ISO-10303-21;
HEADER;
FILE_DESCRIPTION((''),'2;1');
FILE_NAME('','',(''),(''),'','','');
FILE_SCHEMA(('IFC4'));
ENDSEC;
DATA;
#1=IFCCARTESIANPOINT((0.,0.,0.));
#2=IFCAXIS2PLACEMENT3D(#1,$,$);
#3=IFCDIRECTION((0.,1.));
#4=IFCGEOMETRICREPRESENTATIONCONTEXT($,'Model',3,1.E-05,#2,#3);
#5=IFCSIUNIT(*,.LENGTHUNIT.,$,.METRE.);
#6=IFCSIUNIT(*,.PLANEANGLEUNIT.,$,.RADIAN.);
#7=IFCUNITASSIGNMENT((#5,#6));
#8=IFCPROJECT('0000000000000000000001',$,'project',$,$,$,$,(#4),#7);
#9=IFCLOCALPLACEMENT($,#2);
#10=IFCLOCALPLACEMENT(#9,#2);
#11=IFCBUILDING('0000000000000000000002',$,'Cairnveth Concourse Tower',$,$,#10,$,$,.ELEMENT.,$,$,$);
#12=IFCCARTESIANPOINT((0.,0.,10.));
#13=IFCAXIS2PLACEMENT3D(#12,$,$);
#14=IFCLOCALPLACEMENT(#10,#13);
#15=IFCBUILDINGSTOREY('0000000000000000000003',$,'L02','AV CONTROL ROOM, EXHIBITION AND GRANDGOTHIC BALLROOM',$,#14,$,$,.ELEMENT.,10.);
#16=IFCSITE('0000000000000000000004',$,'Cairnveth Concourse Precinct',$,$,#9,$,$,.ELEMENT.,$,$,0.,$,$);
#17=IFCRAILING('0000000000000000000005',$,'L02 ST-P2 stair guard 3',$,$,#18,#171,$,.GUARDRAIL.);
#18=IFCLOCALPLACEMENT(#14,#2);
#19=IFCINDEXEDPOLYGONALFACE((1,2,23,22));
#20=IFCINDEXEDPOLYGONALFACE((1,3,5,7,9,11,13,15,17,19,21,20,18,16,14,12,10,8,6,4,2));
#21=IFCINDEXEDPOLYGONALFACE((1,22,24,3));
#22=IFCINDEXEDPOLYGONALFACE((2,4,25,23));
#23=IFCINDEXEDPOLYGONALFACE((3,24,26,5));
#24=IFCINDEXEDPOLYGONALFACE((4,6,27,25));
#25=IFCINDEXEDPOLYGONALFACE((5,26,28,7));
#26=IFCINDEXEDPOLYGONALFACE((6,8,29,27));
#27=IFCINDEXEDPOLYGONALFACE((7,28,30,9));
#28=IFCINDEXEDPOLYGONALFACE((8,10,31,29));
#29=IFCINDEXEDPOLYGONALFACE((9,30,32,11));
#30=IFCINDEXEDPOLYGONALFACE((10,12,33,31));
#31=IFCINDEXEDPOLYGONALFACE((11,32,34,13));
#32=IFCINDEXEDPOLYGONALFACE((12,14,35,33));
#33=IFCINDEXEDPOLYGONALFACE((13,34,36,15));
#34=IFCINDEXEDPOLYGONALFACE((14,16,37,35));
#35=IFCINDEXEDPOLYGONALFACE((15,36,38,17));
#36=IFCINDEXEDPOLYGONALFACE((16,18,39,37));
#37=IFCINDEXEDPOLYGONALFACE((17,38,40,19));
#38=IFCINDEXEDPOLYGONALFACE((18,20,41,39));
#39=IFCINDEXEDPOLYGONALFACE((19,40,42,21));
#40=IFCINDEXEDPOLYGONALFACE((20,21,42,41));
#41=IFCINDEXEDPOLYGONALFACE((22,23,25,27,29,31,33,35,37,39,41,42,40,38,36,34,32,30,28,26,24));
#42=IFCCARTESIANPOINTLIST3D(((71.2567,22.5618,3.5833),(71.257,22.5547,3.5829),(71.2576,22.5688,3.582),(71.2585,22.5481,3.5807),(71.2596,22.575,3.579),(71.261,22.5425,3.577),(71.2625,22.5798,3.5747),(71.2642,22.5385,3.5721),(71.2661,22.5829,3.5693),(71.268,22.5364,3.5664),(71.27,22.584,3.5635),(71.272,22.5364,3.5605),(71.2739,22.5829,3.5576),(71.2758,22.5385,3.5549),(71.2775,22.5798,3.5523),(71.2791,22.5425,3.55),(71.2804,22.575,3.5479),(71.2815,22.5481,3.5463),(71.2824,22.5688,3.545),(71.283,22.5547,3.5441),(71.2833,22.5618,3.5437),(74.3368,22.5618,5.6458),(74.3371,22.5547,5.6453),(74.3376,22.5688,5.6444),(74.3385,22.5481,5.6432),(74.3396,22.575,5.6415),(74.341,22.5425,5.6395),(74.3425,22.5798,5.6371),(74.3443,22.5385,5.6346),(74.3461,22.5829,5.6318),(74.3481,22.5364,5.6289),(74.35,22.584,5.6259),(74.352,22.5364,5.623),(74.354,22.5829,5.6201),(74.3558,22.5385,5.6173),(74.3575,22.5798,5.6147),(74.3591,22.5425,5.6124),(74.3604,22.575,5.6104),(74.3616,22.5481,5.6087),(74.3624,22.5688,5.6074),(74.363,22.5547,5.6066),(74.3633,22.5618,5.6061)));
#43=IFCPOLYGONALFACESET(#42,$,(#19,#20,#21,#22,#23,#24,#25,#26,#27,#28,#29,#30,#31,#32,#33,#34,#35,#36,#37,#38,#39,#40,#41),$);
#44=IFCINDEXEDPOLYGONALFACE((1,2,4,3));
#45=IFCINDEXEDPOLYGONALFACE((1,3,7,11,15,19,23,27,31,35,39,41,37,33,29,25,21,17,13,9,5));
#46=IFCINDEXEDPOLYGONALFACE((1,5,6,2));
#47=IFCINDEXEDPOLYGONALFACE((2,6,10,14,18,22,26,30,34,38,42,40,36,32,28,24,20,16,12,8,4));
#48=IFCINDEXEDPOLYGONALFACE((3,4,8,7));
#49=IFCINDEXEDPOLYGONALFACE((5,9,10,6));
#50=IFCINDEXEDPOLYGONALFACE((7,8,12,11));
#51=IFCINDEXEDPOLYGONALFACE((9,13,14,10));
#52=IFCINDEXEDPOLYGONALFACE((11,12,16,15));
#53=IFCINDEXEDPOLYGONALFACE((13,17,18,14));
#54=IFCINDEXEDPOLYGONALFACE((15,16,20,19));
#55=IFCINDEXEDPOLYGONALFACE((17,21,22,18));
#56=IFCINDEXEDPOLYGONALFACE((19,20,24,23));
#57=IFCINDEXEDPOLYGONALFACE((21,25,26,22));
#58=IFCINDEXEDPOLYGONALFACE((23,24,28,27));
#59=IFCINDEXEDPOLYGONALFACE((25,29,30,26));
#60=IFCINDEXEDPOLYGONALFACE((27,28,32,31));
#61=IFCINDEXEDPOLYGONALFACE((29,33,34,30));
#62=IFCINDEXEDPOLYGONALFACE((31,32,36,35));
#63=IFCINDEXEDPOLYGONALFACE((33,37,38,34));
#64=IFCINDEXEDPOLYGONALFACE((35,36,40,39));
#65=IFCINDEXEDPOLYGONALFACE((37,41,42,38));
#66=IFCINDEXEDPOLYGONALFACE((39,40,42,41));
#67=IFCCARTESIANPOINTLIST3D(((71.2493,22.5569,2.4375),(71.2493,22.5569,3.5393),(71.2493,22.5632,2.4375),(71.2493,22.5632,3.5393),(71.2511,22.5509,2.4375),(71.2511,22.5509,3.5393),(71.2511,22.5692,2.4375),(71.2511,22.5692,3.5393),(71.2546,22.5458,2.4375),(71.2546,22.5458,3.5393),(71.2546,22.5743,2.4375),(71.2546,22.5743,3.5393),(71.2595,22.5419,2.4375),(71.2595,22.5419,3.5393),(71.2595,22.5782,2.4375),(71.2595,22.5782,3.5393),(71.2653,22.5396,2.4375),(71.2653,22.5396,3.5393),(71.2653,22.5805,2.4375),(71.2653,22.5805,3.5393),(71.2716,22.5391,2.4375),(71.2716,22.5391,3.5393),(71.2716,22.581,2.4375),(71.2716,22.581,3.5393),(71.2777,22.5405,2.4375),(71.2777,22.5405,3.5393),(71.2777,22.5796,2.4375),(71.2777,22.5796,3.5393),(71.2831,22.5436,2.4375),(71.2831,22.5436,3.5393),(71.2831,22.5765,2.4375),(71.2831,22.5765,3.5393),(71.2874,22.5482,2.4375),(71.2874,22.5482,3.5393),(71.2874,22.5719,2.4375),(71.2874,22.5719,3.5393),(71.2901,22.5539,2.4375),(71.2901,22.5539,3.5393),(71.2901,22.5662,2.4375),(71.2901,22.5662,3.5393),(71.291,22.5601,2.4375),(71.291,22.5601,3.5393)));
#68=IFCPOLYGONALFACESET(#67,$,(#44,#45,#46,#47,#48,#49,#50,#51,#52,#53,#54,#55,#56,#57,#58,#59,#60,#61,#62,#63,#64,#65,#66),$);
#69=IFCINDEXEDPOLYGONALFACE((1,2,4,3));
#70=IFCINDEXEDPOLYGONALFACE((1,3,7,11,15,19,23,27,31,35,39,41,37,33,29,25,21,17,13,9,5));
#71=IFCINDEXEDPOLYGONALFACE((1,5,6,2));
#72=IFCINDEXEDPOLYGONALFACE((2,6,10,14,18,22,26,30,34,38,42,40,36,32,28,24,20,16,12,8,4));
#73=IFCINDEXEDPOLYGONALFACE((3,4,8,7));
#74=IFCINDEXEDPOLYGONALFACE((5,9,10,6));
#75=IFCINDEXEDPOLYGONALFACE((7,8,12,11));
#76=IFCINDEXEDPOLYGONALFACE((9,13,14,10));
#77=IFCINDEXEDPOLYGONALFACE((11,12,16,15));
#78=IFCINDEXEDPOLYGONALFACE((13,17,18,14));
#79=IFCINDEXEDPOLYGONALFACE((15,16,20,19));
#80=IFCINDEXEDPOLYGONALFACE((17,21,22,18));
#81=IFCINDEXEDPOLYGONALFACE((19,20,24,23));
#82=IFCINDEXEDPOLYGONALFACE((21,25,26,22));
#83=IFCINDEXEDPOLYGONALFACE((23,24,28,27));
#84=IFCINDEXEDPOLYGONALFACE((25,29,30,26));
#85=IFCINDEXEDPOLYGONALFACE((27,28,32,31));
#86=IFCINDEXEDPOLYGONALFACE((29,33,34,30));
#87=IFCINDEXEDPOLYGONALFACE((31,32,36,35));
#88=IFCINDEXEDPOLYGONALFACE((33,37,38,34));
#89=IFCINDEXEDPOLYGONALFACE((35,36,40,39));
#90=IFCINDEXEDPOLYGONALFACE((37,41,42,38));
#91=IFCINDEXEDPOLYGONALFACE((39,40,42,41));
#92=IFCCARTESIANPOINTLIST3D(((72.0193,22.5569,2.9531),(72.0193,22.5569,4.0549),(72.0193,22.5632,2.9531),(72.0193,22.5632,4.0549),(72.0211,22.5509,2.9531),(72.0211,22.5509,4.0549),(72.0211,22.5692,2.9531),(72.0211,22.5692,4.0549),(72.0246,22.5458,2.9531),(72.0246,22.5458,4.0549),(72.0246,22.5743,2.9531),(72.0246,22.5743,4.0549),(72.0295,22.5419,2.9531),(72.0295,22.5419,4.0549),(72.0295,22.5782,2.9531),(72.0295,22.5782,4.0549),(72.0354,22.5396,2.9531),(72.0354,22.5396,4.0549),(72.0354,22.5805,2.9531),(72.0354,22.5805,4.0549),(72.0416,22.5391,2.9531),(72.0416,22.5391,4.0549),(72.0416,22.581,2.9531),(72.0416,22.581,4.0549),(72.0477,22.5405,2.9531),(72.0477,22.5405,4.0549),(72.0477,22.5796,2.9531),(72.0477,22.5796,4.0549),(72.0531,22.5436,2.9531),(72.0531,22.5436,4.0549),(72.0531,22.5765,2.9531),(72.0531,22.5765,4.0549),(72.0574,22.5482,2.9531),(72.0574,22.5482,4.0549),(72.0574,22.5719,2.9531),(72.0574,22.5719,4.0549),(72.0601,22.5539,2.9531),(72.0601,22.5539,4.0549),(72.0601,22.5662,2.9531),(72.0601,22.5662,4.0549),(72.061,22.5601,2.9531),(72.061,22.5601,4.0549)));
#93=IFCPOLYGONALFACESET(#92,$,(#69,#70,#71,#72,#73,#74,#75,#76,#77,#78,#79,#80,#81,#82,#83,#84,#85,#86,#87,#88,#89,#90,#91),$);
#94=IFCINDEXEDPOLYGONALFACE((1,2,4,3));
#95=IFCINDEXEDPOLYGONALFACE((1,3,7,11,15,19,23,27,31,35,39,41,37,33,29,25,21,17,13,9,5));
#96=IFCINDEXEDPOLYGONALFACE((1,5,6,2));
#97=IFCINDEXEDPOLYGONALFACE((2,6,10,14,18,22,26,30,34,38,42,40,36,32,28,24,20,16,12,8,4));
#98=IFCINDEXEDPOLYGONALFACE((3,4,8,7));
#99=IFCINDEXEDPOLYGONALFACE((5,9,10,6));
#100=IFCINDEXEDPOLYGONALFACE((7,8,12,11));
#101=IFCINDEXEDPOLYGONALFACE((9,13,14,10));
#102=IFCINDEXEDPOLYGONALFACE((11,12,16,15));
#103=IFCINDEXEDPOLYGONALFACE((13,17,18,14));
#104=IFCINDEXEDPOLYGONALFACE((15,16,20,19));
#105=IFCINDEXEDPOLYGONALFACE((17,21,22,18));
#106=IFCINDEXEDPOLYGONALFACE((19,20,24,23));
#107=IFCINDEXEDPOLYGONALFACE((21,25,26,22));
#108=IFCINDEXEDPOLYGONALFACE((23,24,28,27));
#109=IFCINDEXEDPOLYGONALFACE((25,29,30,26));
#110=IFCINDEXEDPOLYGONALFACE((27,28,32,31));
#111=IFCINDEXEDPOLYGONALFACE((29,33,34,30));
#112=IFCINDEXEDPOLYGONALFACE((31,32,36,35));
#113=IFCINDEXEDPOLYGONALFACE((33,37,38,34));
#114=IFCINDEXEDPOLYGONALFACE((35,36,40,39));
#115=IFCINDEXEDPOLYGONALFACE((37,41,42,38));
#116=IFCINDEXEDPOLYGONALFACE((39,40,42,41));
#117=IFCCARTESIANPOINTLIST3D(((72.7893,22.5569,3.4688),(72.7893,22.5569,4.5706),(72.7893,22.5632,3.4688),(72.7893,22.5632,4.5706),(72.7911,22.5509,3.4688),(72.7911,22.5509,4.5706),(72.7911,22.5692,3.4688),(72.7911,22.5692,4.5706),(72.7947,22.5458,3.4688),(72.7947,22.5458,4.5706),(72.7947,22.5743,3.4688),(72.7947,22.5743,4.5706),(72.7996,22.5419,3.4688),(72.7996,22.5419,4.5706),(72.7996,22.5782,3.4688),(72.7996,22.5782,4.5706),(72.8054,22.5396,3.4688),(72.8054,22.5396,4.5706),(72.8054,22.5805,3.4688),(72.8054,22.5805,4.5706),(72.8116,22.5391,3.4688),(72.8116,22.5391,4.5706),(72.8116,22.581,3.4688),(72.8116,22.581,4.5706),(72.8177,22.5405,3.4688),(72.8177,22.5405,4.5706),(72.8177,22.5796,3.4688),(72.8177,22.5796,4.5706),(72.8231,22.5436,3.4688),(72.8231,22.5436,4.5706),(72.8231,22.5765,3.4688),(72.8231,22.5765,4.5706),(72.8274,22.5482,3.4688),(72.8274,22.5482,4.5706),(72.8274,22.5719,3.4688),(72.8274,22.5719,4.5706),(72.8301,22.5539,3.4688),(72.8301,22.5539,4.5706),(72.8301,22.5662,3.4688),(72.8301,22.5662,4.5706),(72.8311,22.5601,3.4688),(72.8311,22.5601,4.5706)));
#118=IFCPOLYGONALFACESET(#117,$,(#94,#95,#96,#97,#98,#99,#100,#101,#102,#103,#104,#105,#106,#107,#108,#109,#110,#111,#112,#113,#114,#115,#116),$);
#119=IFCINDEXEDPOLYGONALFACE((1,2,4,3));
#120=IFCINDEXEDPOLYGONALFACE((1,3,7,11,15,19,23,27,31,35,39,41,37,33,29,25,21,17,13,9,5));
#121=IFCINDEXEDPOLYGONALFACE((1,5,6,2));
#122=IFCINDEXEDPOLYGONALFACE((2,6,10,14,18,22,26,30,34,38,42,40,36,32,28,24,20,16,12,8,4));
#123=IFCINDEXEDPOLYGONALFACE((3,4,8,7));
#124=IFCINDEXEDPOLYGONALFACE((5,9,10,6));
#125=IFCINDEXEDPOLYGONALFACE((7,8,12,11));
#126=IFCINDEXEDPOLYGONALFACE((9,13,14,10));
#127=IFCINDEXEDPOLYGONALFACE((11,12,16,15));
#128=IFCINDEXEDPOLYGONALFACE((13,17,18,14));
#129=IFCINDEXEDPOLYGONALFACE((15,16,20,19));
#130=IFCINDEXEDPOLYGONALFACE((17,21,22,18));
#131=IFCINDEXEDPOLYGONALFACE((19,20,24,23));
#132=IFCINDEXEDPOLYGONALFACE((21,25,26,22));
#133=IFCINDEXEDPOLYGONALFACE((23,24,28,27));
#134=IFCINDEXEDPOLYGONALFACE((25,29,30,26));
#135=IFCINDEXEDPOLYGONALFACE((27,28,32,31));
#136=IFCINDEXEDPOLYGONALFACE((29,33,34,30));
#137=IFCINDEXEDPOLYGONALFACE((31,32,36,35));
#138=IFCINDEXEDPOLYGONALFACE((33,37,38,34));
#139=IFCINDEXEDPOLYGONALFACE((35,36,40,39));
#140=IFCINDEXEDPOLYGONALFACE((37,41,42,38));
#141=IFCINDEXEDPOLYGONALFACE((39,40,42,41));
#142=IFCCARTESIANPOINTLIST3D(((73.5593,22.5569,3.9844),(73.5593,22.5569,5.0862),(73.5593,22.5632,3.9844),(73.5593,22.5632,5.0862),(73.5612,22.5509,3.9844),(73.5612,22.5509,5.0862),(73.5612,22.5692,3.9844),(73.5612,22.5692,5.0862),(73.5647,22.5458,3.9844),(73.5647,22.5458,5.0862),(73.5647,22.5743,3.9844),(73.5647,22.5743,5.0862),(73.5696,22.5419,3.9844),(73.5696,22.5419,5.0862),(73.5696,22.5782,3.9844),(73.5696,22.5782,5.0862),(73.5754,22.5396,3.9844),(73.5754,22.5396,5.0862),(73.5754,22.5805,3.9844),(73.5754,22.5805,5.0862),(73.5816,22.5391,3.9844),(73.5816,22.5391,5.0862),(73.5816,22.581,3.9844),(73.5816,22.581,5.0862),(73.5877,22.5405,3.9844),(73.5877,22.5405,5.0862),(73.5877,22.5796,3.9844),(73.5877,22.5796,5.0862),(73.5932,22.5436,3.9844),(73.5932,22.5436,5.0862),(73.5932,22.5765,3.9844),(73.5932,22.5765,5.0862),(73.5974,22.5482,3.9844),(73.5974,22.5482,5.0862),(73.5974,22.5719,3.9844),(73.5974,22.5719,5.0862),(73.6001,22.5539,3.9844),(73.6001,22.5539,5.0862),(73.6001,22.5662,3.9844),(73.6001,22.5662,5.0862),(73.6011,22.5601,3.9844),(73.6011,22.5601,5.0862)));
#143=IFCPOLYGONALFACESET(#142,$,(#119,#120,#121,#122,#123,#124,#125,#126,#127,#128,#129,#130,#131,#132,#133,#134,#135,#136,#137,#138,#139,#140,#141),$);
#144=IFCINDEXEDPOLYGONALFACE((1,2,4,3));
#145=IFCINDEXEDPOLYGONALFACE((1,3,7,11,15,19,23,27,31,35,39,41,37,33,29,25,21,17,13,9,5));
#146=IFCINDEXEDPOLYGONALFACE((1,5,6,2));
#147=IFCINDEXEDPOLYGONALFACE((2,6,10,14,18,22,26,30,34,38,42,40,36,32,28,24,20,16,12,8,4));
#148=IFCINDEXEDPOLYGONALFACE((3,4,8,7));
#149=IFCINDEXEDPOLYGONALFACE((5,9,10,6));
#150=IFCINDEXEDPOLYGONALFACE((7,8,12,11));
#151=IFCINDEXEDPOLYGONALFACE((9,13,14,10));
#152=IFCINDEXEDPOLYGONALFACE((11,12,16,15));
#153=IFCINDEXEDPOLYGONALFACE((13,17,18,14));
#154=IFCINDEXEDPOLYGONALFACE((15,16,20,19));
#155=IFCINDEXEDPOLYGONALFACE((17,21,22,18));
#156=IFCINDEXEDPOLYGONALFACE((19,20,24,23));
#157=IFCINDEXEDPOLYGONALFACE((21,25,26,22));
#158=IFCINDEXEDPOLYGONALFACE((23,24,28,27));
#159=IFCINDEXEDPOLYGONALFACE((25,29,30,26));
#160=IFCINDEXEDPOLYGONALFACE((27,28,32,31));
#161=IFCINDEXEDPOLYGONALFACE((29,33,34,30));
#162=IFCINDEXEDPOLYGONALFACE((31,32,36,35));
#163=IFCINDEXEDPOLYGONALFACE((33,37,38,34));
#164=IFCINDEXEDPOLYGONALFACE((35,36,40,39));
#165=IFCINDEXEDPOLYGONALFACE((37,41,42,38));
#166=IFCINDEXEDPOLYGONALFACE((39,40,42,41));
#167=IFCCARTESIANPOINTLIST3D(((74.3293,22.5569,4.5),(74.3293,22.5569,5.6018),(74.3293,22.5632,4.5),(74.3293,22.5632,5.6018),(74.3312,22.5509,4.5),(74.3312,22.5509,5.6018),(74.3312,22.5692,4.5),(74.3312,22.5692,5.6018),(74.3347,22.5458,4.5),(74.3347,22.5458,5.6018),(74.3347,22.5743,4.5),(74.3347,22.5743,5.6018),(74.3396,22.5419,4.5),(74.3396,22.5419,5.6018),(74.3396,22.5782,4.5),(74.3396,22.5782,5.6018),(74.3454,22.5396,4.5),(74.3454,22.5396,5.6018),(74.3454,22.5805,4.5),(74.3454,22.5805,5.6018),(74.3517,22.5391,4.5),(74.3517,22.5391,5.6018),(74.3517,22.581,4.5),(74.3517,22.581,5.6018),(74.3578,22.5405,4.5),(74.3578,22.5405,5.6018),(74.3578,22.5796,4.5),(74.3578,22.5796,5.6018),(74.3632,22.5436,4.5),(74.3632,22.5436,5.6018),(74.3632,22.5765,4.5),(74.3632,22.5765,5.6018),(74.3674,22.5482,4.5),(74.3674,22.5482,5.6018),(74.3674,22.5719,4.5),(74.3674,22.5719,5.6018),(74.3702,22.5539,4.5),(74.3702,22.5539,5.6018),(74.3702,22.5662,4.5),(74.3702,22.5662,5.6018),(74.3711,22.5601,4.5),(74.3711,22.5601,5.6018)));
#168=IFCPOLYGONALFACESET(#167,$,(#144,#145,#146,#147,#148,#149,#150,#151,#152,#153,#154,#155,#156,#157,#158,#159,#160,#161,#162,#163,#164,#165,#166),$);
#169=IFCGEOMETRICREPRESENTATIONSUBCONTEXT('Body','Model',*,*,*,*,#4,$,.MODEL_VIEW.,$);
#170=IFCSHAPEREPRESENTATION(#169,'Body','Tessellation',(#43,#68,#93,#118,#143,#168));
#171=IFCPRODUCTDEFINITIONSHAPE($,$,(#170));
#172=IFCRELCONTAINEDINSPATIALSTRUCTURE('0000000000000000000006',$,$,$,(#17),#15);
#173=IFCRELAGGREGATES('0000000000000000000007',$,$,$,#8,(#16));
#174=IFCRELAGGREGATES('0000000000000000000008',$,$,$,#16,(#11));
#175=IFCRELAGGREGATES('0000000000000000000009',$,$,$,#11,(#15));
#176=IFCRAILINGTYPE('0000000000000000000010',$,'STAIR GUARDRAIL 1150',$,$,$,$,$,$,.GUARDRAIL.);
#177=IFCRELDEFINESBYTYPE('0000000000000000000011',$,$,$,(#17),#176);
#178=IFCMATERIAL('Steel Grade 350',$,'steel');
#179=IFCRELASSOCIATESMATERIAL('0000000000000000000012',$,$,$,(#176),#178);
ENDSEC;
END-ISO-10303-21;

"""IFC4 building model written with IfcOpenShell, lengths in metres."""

from ifc_helpers import new_model, si_unit, direction, frame, origin, origin_2d, place, context, subcontext, project, spatial, circle, extrude, material, type_object, element, save


model = new_model("IFC4")

# Units and contexts
model_context = context("Model", 3, precision=1e-05, world=origin(), true_north=direction((0.0, 1.0)))
body_context = subcontext(model_context, "Body", "Model", "MODEL_VIEW")
ifc_project = project(units=[si_unit("LENGTHUNIT", "METRE"), si_unit("PLANEANGLEUNIT", "RADIAN")], contexts=[model_context])

# Site, building, storey
site_placement = place(None, origin())
site = spatial("IfcSite", under=ifc_project, at=site_placement, Name="Cairnveth Concourse Precinct", CompositionType="ELEMENT", RefElevation=0.0)
building_placement = place(site_placement, origin())
building = spatial("IfcBuilding", under=site, at=building_placement, Name="Cairnveth Concourse Tower", CompositionType="ELEMENT")
storey_placement = place(building_placement, frame((0.0, 0.0, 10.0)))
storey = spatial("IfcBuildingStorey", under=building, at=storey_placement, Name="L02", Description="AV CONTROL ROOM, EXHIBITION AND GRANDGOTHIC BALLROOM", CompositionType="ELEMENT", Elevation=10.0)

# Shared definitions
ifc_material_1 = material(Name="Steel Grade 350", Category="steel")

# Railing
railing_type_1 = type_object("IfcRailingType", Name="STAIR GUARDRAIL 1150", PredefinedType="GUARDRAIL", material=ifc_material_1)
railing_1_placement = place(storey_placement, frame((71.27, 22.5601, 2.4375)))
element("IfcRailing", 1, at=railing_1_placement, inside=storey, type_object=railing_type_1, Name="L02 ST-P2 stair guard 3", PredefinedType="GUARDRAIL", context=body_context, shape_type="SweptSolid", body=[
    extrude(circle(Radius=0.0239, at=origin_2d()), frame((0.0, 0.0, 1.126), z_axis=(0.830914, 0.0, 0.556401), x_axis=(0.0, 1.0, 0.0)), (0.0, 0.0, 1.0), 3.7068),
    extrude(circle(Radius=0.021, at=origin_2d()), origin(), (0.0, 0.0, 1.0), 1.1018),
    extrude(circle(Radius=0.021, at=origin_2d()), frame((0.77, 0.0, 0.5156)), (0.0, 0.0, 1.0), 1.1018),
    extrude(circle(Radius=0.021, at=origin_2d()), frame((1.54, 0.0, 1.0312)), (0.0, 0.0, 1.0), 1.1018),
    extrude(circle(Radius=0.021, at=origin_2d()), frame((2.3101, 0.0, 1.5469)), (0.0, 0.0, 1.0), 1.1018),
    extrude(circle(Radius=0.021, at=origin_2d()), frame((3.0801, 0.0, 2.0625)), (0.0, 0.0, 1.0), 1.1018),
])

save(model, "model.ifc")
